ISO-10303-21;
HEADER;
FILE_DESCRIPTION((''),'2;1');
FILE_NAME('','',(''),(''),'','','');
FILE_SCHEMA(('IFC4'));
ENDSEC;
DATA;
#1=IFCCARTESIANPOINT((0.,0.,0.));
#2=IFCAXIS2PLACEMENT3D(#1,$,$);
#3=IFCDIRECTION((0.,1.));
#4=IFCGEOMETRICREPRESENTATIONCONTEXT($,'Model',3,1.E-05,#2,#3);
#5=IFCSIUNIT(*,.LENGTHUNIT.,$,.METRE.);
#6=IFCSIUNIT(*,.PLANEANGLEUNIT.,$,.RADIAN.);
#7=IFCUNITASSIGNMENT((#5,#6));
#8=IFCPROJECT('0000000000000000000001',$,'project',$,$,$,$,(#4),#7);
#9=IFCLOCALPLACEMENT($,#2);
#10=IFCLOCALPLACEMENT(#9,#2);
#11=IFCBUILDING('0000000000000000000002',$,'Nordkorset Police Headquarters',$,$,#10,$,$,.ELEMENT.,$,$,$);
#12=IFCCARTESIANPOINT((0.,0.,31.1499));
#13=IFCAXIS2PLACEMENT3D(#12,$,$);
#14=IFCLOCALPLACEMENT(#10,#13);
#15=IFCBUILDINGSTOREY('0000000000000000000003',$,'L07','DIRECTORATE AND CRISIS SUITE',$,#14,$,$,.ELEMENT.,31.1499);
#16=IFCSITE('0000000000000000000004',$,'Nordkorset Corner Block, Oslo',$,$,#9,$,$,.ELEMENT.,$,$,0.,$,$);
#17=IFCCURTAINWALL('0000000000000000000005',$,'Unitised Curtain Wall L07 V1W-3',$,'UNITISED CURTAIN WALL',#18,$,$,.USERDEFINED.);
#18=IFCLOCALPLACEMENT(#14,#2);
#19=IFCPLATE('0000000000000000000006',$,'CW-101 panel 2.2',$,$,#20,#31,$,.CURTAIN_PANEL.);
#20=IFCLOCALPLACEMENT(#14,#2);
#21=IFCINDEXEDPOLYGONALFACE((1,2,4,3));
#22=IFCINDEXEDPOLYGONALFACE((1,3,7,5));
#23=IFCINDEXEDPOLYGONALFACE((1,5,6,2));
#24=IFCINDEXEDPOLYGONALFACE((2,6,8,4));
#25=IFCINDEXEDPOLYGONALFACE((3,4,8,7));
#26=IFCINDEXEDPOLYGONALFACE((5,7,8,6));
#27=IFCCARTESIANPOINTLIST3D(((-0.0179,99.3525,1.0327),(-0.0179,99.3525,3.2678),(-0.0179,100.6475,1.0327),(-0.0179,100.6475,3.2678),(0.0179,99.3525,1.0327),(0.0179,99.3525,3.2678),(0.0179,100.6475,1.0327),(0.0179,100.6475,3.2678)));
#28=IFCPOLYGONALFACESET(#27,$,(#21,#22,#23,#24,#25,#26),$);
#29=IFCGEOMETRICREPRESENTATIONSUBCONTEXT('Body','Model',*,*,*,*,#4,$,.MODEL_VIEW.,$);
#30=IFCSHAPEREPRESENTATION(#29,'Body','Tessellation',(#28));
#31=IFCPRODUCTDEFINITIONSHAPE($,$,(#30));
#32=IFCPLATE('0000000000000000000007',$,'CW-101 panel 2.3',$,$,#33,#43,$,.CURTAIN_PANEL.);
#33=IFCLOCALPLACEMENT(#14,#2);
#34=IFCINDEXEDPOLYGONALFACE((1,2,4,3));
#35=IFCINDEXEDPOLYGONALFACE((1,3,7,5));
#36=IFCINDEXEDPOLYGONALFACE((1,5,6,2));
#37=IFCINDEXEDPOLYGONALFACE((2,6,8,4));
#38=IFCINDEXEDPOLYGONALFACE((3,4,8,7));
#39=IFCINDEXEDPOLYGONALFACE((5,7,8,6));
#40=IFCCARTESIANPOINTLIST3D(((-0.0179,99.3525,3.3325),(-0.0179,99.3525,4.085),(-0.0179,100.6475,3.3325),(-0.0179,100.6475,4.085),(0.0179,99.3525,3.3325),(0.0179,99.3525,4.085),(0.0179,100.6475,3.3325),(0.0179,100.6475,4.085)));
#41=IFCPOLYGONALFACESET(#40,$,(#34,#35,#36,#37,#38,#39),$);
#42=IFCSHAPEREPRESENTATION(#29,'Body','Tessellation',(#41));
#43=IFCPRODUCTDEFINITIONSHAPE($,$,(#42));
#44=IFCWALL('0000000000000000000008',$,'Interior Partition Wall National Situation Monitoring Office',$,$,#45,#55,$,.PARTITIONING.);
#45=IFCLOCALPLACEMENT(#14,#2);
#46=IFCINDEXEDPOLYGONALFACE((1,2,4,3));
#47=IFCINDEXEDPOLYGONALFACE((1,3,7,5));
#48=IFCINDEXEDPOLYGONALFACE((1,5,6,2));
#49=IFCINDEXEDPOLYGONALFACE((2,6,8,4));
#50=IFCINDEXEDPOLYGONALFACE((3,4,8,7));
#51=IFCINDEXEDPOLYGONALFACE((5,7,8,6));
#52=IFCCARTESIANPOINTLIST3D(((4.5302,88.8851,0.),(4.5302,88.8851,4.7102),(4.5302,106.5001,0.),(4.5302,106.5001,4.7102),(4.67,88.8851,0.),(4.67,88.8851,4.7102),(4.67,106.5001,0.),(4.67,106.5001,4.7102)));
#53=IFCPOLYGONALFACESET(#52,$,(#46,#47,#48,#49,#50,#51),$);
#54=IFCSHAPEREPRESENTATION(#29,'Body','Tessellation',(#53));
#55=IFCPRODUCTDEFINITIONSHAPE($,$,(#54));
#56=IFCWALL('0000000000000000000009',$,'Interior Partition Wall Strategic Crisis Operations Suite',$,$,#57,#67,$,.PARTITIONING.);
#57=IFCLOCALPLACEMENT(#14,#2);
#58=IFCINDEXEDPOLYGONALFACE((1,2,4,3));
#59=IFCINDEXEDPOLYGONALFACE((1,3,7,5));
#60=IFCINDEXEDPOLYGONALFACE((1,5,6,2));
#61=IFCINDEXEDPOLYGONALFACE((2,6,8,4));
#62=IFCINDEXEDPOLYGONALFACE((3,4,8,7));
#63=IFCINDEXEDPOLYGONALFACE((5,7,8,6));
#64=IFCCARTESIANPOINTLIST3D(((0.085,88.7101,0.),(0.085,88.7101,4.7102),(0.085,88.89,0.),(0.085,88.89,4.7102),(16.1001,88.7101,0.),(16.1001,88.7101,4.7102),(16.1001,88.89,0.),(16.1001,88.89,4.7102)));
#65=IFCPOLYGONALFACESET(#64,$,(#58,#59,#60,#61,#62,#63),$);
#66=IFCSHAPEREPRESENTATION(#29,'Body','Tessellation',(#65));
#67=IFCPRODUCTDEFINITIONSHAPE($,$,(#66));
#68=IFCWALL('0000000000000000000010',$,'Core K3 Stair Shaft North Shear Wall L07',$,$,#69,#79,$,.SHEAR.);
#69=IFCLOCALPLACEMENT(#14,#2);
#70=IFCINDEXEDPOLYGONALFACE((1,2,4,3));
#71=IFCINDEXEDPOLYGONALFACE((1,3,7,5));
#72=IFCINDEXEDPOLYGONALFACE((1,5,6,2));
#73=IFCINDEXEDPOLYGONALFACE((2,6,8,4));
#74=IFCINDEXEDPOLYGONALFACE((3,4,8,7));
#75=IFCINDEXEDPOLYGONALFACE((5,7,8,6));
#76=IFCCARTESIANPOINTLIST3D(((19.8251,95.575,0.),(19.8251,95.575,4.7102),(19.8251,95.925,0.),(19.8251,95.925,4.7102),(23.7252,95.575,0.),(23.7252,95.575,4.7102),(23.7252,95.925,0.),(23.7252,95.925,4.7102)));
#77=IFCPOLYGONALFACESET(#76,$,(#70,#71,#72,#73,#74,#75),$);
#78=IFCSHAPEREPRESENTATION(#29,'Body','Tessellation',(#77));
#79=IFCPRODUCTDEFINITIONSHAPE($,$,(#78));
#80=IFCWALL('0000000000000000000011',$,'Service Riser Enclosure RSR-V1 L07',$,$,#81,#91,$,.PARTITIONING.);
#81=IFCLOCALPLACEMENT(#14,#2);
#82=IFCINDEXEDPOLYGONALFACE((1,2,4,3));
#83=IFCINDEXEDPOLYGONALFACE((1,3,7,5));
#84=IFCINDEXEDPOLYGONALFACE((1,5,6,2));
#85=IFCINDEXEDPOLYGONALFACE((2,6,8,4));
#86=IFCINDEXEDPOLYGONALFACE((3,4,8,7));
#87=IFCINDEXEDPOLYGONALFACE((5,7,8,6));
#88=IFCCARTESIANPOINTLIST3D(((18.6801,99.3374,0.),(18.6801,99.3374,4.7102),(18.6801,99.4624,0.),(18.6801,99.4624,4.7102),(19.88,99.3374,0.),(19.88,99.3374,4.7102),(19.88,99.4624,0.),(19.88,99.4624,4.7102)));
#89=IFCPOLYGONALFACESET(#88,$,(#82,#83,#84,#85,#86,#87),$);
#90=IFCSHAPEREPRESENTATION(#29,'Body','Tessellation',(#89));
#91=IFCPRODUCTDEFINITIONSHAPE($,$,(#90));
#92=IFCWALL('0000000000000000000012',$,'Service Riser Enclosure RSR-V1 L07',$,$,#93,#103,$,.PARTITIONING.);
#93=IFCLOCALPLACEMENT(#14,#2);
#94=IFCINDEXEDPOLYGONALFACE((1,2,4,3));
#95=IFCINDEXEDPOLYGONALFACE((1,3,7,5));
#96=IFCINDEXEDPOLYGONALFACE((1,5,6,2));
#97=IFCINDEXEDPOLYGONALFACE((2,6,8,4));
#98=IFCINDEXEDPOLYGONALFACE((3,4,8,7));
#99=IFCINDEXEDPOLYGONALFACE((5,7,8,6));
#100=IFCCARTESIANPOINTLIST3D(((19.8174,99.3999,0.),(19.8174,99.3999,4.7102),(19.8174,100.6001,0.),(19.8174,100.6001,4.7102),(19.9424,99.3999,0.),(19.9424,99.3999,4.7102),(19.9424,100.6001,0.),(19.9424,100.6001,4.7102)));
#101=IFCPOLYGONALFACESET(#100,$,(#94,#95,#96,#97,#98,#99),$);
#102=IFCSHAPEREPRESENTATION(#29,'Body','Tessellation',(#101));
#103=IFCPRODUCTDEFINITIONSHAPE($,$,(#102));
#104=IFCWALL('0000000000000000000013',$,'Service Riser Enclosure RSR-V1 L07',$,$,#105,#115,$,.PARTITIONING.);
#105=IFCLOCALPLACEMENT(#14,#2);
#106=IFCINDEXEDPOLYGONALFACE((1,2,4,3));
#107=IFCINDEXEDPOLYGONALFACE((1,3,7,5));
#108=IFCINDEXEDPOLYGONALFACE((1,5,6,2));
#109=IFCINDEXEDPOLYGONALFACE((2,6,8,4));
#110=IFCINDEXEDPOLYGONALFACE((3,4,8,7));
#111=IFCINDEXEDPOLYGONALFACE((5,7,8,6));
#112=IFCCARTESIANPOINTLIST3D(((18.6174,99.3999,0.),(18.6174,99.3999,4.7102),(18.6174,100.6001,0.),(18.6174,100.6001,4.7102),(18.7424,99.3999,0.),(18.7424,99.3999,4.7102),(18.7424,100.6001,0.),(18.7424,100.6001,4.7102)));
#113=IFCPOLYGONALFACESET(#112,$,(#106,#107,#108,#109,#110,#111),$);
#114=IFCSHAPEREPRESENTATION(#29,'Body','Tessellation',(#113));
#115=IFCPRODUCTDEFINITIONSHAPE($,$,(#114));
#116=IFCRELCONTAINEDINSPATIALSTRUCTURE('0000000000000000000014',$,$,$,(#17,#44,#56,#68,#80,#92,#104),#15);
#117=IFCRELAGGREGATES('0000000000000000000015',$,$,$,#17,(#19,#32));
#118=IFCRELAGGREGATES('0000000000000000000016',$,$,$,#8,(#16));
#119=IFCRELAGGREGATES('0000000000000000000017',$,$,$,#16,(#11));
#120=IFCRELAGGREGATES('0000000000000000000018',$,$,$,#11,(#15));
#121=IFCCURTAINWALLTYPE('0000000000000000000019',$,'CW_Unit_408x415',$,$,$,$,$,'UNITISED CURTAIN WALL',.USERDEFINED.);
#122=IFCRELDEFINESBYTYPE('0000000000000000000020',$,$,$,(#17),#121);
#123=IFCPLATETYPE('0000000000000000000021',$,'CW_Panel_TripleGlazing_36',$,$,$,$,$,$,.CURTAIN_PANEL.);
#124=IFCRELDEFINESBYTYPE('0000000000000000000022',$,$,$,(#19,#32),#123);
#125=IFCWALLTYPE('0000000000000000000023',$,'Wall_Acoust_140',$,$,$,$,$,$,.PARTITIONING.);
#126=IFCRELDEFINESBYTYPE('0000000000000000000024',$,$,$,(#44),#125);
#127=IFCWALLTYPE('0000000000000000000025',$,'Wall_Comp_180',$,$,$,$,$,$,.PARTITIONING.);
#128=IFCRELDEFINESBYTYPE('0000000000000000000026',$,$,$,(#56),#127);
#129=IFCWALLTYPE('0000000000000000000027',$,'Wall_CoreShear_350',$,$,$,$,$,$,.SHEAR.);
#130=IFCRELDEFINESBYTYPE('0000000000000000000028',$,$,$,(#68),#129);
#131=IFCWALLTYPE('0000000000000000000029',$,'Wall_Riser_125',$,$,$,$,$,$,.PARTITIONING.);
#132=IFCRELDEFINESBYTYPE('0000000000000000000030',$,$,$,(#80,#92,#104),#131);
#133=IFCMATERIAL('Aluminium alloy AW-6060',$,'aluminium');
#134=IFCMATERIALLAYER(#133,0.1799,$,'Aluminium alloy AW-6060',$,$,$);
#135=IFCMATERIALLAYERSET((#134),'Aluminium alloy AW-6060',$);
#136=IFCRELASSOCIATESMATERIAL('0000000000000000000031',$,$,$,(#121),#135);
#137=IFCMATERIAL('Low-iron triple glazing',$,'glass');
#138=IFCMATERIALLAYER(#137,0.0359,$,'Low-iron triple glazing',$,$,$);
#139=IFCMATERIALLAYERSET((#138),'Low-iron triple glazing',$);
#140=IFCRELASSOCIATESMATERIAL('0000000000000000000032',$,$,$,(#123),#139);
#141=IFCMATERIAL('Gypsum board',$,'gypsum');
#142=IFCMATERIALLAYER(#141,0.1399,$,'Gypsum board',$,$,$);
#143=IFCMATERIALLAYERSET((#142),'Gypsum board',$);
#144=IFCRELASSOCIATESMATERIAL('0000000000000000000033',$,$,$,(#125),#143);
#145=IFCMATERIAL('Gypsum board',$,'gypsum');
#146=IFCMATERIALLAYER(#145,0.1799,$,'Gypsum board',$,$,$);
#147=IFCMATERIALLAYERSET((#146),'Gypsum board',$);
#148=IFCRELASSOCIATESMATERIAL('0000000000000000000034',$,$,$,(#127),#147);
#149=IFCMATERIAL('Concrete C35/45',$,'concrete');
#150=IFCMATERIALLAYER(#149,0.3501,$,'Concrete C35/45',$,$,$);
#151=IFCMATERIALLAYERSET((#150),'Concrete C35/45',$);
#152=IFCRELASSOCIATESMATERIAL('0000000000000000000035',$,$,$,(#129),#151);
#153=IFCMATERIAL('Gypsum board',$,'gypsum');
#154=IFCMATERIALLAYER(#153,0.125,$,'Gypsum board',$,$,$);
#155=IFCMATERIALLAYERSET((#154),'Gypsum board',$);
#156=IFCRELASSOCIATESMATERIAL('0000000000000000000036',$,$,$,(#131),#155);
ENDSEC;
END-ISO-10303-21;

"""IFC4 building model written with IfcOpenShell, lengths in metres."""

from ifc_helpers import new_model, si_unit, direction, frame, frame_2d, origin, origin_2d, place, context, subcontext, project, spatial, rectangle, extrude, material, layer, layer_set, type_object, element, aggregate, save


model = new_model("IFC4")

# Units and contexts
model_context = context("Model", 3, precision=1e-05, world=origin(), true_north=direction((0.0, 1.0)))
body_context = subcontext(model_context, "Body", "Model", "MODEL_VIEW")
ifc_project = project(units=[si_unit("LENGTHUNIT", "METRE"), si_unit("PLANEANGLEUNIT", "RADIAN")], contexts=[model_context])

# Site, building, storey
site_placement = place(None, origin())
site = spatial("IfcSite", under=ifc_project, at=site_placement, Name="Nordkorset Corner Block, Oslo", CompositionType="ELEMENT", RefElevation=0.0)
building_placement = place(site_placement, origin())
building = spatial("IfcBuilding", under=site, at=building_placement, Name="Nordkorset Police Headquarters", CompositionType="ELEMENT")
storey_placement = place(building_placement, frame((0.0, 0.0, 31.1499)))
storey = spatial("IfcBuildingStorey", under=building, at=storey_placement, Name="L07", Description="DIRECTORATE AND CRISIS SUITE", CompositionType="ELEMENT", Elevation=31.1499)

# Curtain wall
ifc_material_1 = material(Name="Aluminium alloy AW-6060", Category="aluminium")
ifc_layer_1 = layer(ifc_material_1, 0.1799, Name="Aluminium alloy AW-6060")
ifc_layer_set_1 = layer_set([ifc_layer_1], Name="Aluminium alloy AW-6060")
curtain_wall_type = type_object("IfcCurtainWallType", Name="CW_Unit_408x415", ElementType="UNITISED CURTAIN WALL", PredefinedType="USERDEFINED", material=ifc_layer_set_1)
curtain_wall_placement = place(storey_placement, origin())
curtain_wall = element("IfcCurtainWall", 1, at=curtain_wall_placement, inside=storey, type_object=curtain_wall_type, Name="Unitised Curtain Wall L07 V1W-3", ObjectType="UNITISED CURTAIN WALL", PredefinedType="USERDEFINED")

# Plates
ifc_material_2 = material(Name="Low-iron triple glazing", Category="glass")
ifc_layer_2 = layer(ifc_material_2, 0.0359, Name="Low-iron triple glazing")
ifc_layer_set_2 = layer_set([ifc_layer_2], Name="Low-iron triple glazing")
plate_type = type_object("IfcPlateType", Name="CW_Panel_TripleGlazing_36", PredefinedType="CURTAIN_PANEL", material=ifc_layer_set_2)
plate_1_placement = place(storey_placement, frame((0.0, 100.0, 1.0327), z_axis=(0.0, 0.0, 1.0), x_axis=(0.0, 1.0, 0.0)))
plate_1 = element("IfcPlate", 2, at=plate_1_placement, type_object=plate_type, Name="CW-101 panel 2.2", PredefinedType="CURTAIN_PANEL", context=body_context, shape_type="SweptSolid", body=[
    extrude(rectangle(XDim=1.2949, YDim=0.0359, at=origin_2d()), origin(), (0.0, 0.0, 1.0), 2.2351),
])
plate_2_placement = place(storey_placement, frame((0.0, 100.0, 3.3325), z_axis=(0.0, 0.0, 1.0), x_axis=(0.0, 1.0, 0.0)))
plate_2 = element("IfcPlate", 3, at=plate_2_placement, type_object=plate_type, Name="CW-101 panel 2.3", PredefinedType="CURTAIN_PANEL", context=body_context, shape_type="SweptSolid", body=[
    extrude(rectangle(XDim=1.2949, YDim=0.0359, at=origin_2d()), origin(), (0.0, 0.0, 1.0), 0.7524),
])
aggregate(curtain_wall, [plate_1, plate_2])

# Walls
ifc_material_3 = material(Name="Gypsum board", Category="gypsum")
ifc_layer_3 = layer(ifc_material_3, 0.1399, Name="Gypsum board")
ifc_layer_set_3 = layer_set([ifc_layer_3], Name="Gypsum board")
wall_type_1 = type_object("IfcWallType", Name="Wall_Acoust_140", PredefinedType="PARTITIONING", material=ifc_layer_set_3)
wall_1_placement = place(storey_placement, frame((4.6001, 88.885, 0.0), z_axis=(0.0, 0.0, 1.0), x_axis=(0.0, 1.0, 0.0)))
element("IfcWall", 4, at=wall_1_placement, inside=storey, type_object=wall_type_1, Name="Interior Partition Wall National Situation Monitoring Office", PredefinedType="PARTITIONING", context=body_context, shape_type="SweptSolid", body=[
    extrude(rectangle(XDim=17.615, YDim=0.1399, at=frame_2d((8.8076, 0.0))), origin(), (0.0, 0.0, 1.0), 4.7102),
])
ifc_material_4 = material(Name="Gypsum board", Category="gypsum")
ifc_layer_4 = layer(ifc_material_4, 0.1799, Name="Gypsum board")
ifc_layer_set_4 = layer_set([ifc_layer_4], Name="Gypsum board")
wall_type_2 = type_object("IfcWallType", Name="Wall_Comp_180", PredefinedType="PARTITIONING", material=ifc_layer_set_4)
wall_2_placement = place(storey_placement, frame((16.1001, 88.8, 0.0), z_axis=(0.0, 0.0, 1.0), x_axis=(-1.0, 0.0, 0.0)))
element("IfcWall", 5, at=wall_2_placement, inside=storey, type_object=wall_type_2, Name="Interior Partition Wall Strategic Crisis Operations Suite", PredefinedType="PARTITIONING", context=body_context, shape_type="SweptSolid", body=[
    extrude(rectangle(XDim=16.0151, YDim=0.1799, at=frame_2d((8.0076, 0.0))), origin(), (0.0, 0.0, 1.0), 4.7102),
])

# Shared definitions
ifc_material_5 = material(Name="Concrete C35/45", Category="concrete")
ifc_layer_5 = layer(ifc_material_5, 0.3501, Name="Concrete C35/45")
ifc_layer_set_5 = layer_set([ifc_layer_5], Name="Concrete C35/45")
wall_type_3 = type_object("IfcWallType", Name="Wall_CoreShear_350", PredefinedType="SHEAR", material=ifc_layer_set_5)

# Walls
wall_3_placement = place(storey_placement, frame((19.825, 95.75, 0.0), z_axis=(0.0, 0.0, 1.0), x_axis=(1.0, 0.0, 0.0)))
element("IfcWall", 6, at=wall_3_placement, inside=storey, type_object=wall_type_3, Name="Core K3 Stair Shaft North Shear Wall L07", PredefinedType="SHEAR", context=body_context, shape_type="SweptSolid", body=[
    extrude(rectangle(XDim=3.9001, YDim=0.3501, at=frame_2d((1.9502, 0.0))), origin(), (0.0, 0.0, 1.0), 4.7102),
])
ifc_material_6 = material(Name="Gypsum board", Category="gypsum")
ifc_layer_6 = layer(ifc_material_6, 0.125, Name="Gypsum board")
ifc_layer_set_6 = layer_set([ifc_layer_6], Name="Gypsum board")
wall_type_4 = type_object("IfcWallType", Name="Wall_Riser_125", PredefinedType="PARTITIONING", material=ifc_layer_set_6)
wall_4_placement = place(storey_placement, frame((18.6799, 99.3999, 0.0), z_axis=(0.0, 0.0, 1.0), x_axis=(1.0, 0.0, 0.0)))
element("IfcWall", 7, at=wall_4_placement, inside=storey, type_object=wall_type_4, Name="Service Riser Enclosure RSR-V1 L07", PredefinedType="PARTITIONING", context=body_context, shape_type="SweptSolid", body=[
    extrude(rectangle(XDim=1.2, YDim=0.125, at=frame_2d((0.6001, 0.0))), origin(), (0.0, 0.0, 1.0), 4.7102),
])
for number, where, z_axis, x_axis, name in (
    (8, (19.8799, 99.3999, 0.0), (0.0, 0.0, 1.0), (0.0, 1.0, 0.0), "Service Riser Enclosure RSR-V1 L07"),
    (9, (18.6799, 100.6001, 0.0), (0.0, 0.0, 1.0), (0.0, -1.0, 0.0), "Service Riser Enclosure RSR-V1 L07"),
):
    element("IfcWall", number, at=place(storey_placement, frame(where, z_axis=z_axis, x_axis=x_axis)), inside=storey, type_object=wall_type_4, Name=name, PredefinedType="PARTITIONING", context=body_context, shape_type="SweptSolid", body=[
        extrude(rectangle(XDim=1.2002, YDim=0.125, at=frame_2d((0.6001, 0.0))), origin(), (0.0, 0.0, 1.0), 4.7102),
    ])

save(model, "model.ifc")
